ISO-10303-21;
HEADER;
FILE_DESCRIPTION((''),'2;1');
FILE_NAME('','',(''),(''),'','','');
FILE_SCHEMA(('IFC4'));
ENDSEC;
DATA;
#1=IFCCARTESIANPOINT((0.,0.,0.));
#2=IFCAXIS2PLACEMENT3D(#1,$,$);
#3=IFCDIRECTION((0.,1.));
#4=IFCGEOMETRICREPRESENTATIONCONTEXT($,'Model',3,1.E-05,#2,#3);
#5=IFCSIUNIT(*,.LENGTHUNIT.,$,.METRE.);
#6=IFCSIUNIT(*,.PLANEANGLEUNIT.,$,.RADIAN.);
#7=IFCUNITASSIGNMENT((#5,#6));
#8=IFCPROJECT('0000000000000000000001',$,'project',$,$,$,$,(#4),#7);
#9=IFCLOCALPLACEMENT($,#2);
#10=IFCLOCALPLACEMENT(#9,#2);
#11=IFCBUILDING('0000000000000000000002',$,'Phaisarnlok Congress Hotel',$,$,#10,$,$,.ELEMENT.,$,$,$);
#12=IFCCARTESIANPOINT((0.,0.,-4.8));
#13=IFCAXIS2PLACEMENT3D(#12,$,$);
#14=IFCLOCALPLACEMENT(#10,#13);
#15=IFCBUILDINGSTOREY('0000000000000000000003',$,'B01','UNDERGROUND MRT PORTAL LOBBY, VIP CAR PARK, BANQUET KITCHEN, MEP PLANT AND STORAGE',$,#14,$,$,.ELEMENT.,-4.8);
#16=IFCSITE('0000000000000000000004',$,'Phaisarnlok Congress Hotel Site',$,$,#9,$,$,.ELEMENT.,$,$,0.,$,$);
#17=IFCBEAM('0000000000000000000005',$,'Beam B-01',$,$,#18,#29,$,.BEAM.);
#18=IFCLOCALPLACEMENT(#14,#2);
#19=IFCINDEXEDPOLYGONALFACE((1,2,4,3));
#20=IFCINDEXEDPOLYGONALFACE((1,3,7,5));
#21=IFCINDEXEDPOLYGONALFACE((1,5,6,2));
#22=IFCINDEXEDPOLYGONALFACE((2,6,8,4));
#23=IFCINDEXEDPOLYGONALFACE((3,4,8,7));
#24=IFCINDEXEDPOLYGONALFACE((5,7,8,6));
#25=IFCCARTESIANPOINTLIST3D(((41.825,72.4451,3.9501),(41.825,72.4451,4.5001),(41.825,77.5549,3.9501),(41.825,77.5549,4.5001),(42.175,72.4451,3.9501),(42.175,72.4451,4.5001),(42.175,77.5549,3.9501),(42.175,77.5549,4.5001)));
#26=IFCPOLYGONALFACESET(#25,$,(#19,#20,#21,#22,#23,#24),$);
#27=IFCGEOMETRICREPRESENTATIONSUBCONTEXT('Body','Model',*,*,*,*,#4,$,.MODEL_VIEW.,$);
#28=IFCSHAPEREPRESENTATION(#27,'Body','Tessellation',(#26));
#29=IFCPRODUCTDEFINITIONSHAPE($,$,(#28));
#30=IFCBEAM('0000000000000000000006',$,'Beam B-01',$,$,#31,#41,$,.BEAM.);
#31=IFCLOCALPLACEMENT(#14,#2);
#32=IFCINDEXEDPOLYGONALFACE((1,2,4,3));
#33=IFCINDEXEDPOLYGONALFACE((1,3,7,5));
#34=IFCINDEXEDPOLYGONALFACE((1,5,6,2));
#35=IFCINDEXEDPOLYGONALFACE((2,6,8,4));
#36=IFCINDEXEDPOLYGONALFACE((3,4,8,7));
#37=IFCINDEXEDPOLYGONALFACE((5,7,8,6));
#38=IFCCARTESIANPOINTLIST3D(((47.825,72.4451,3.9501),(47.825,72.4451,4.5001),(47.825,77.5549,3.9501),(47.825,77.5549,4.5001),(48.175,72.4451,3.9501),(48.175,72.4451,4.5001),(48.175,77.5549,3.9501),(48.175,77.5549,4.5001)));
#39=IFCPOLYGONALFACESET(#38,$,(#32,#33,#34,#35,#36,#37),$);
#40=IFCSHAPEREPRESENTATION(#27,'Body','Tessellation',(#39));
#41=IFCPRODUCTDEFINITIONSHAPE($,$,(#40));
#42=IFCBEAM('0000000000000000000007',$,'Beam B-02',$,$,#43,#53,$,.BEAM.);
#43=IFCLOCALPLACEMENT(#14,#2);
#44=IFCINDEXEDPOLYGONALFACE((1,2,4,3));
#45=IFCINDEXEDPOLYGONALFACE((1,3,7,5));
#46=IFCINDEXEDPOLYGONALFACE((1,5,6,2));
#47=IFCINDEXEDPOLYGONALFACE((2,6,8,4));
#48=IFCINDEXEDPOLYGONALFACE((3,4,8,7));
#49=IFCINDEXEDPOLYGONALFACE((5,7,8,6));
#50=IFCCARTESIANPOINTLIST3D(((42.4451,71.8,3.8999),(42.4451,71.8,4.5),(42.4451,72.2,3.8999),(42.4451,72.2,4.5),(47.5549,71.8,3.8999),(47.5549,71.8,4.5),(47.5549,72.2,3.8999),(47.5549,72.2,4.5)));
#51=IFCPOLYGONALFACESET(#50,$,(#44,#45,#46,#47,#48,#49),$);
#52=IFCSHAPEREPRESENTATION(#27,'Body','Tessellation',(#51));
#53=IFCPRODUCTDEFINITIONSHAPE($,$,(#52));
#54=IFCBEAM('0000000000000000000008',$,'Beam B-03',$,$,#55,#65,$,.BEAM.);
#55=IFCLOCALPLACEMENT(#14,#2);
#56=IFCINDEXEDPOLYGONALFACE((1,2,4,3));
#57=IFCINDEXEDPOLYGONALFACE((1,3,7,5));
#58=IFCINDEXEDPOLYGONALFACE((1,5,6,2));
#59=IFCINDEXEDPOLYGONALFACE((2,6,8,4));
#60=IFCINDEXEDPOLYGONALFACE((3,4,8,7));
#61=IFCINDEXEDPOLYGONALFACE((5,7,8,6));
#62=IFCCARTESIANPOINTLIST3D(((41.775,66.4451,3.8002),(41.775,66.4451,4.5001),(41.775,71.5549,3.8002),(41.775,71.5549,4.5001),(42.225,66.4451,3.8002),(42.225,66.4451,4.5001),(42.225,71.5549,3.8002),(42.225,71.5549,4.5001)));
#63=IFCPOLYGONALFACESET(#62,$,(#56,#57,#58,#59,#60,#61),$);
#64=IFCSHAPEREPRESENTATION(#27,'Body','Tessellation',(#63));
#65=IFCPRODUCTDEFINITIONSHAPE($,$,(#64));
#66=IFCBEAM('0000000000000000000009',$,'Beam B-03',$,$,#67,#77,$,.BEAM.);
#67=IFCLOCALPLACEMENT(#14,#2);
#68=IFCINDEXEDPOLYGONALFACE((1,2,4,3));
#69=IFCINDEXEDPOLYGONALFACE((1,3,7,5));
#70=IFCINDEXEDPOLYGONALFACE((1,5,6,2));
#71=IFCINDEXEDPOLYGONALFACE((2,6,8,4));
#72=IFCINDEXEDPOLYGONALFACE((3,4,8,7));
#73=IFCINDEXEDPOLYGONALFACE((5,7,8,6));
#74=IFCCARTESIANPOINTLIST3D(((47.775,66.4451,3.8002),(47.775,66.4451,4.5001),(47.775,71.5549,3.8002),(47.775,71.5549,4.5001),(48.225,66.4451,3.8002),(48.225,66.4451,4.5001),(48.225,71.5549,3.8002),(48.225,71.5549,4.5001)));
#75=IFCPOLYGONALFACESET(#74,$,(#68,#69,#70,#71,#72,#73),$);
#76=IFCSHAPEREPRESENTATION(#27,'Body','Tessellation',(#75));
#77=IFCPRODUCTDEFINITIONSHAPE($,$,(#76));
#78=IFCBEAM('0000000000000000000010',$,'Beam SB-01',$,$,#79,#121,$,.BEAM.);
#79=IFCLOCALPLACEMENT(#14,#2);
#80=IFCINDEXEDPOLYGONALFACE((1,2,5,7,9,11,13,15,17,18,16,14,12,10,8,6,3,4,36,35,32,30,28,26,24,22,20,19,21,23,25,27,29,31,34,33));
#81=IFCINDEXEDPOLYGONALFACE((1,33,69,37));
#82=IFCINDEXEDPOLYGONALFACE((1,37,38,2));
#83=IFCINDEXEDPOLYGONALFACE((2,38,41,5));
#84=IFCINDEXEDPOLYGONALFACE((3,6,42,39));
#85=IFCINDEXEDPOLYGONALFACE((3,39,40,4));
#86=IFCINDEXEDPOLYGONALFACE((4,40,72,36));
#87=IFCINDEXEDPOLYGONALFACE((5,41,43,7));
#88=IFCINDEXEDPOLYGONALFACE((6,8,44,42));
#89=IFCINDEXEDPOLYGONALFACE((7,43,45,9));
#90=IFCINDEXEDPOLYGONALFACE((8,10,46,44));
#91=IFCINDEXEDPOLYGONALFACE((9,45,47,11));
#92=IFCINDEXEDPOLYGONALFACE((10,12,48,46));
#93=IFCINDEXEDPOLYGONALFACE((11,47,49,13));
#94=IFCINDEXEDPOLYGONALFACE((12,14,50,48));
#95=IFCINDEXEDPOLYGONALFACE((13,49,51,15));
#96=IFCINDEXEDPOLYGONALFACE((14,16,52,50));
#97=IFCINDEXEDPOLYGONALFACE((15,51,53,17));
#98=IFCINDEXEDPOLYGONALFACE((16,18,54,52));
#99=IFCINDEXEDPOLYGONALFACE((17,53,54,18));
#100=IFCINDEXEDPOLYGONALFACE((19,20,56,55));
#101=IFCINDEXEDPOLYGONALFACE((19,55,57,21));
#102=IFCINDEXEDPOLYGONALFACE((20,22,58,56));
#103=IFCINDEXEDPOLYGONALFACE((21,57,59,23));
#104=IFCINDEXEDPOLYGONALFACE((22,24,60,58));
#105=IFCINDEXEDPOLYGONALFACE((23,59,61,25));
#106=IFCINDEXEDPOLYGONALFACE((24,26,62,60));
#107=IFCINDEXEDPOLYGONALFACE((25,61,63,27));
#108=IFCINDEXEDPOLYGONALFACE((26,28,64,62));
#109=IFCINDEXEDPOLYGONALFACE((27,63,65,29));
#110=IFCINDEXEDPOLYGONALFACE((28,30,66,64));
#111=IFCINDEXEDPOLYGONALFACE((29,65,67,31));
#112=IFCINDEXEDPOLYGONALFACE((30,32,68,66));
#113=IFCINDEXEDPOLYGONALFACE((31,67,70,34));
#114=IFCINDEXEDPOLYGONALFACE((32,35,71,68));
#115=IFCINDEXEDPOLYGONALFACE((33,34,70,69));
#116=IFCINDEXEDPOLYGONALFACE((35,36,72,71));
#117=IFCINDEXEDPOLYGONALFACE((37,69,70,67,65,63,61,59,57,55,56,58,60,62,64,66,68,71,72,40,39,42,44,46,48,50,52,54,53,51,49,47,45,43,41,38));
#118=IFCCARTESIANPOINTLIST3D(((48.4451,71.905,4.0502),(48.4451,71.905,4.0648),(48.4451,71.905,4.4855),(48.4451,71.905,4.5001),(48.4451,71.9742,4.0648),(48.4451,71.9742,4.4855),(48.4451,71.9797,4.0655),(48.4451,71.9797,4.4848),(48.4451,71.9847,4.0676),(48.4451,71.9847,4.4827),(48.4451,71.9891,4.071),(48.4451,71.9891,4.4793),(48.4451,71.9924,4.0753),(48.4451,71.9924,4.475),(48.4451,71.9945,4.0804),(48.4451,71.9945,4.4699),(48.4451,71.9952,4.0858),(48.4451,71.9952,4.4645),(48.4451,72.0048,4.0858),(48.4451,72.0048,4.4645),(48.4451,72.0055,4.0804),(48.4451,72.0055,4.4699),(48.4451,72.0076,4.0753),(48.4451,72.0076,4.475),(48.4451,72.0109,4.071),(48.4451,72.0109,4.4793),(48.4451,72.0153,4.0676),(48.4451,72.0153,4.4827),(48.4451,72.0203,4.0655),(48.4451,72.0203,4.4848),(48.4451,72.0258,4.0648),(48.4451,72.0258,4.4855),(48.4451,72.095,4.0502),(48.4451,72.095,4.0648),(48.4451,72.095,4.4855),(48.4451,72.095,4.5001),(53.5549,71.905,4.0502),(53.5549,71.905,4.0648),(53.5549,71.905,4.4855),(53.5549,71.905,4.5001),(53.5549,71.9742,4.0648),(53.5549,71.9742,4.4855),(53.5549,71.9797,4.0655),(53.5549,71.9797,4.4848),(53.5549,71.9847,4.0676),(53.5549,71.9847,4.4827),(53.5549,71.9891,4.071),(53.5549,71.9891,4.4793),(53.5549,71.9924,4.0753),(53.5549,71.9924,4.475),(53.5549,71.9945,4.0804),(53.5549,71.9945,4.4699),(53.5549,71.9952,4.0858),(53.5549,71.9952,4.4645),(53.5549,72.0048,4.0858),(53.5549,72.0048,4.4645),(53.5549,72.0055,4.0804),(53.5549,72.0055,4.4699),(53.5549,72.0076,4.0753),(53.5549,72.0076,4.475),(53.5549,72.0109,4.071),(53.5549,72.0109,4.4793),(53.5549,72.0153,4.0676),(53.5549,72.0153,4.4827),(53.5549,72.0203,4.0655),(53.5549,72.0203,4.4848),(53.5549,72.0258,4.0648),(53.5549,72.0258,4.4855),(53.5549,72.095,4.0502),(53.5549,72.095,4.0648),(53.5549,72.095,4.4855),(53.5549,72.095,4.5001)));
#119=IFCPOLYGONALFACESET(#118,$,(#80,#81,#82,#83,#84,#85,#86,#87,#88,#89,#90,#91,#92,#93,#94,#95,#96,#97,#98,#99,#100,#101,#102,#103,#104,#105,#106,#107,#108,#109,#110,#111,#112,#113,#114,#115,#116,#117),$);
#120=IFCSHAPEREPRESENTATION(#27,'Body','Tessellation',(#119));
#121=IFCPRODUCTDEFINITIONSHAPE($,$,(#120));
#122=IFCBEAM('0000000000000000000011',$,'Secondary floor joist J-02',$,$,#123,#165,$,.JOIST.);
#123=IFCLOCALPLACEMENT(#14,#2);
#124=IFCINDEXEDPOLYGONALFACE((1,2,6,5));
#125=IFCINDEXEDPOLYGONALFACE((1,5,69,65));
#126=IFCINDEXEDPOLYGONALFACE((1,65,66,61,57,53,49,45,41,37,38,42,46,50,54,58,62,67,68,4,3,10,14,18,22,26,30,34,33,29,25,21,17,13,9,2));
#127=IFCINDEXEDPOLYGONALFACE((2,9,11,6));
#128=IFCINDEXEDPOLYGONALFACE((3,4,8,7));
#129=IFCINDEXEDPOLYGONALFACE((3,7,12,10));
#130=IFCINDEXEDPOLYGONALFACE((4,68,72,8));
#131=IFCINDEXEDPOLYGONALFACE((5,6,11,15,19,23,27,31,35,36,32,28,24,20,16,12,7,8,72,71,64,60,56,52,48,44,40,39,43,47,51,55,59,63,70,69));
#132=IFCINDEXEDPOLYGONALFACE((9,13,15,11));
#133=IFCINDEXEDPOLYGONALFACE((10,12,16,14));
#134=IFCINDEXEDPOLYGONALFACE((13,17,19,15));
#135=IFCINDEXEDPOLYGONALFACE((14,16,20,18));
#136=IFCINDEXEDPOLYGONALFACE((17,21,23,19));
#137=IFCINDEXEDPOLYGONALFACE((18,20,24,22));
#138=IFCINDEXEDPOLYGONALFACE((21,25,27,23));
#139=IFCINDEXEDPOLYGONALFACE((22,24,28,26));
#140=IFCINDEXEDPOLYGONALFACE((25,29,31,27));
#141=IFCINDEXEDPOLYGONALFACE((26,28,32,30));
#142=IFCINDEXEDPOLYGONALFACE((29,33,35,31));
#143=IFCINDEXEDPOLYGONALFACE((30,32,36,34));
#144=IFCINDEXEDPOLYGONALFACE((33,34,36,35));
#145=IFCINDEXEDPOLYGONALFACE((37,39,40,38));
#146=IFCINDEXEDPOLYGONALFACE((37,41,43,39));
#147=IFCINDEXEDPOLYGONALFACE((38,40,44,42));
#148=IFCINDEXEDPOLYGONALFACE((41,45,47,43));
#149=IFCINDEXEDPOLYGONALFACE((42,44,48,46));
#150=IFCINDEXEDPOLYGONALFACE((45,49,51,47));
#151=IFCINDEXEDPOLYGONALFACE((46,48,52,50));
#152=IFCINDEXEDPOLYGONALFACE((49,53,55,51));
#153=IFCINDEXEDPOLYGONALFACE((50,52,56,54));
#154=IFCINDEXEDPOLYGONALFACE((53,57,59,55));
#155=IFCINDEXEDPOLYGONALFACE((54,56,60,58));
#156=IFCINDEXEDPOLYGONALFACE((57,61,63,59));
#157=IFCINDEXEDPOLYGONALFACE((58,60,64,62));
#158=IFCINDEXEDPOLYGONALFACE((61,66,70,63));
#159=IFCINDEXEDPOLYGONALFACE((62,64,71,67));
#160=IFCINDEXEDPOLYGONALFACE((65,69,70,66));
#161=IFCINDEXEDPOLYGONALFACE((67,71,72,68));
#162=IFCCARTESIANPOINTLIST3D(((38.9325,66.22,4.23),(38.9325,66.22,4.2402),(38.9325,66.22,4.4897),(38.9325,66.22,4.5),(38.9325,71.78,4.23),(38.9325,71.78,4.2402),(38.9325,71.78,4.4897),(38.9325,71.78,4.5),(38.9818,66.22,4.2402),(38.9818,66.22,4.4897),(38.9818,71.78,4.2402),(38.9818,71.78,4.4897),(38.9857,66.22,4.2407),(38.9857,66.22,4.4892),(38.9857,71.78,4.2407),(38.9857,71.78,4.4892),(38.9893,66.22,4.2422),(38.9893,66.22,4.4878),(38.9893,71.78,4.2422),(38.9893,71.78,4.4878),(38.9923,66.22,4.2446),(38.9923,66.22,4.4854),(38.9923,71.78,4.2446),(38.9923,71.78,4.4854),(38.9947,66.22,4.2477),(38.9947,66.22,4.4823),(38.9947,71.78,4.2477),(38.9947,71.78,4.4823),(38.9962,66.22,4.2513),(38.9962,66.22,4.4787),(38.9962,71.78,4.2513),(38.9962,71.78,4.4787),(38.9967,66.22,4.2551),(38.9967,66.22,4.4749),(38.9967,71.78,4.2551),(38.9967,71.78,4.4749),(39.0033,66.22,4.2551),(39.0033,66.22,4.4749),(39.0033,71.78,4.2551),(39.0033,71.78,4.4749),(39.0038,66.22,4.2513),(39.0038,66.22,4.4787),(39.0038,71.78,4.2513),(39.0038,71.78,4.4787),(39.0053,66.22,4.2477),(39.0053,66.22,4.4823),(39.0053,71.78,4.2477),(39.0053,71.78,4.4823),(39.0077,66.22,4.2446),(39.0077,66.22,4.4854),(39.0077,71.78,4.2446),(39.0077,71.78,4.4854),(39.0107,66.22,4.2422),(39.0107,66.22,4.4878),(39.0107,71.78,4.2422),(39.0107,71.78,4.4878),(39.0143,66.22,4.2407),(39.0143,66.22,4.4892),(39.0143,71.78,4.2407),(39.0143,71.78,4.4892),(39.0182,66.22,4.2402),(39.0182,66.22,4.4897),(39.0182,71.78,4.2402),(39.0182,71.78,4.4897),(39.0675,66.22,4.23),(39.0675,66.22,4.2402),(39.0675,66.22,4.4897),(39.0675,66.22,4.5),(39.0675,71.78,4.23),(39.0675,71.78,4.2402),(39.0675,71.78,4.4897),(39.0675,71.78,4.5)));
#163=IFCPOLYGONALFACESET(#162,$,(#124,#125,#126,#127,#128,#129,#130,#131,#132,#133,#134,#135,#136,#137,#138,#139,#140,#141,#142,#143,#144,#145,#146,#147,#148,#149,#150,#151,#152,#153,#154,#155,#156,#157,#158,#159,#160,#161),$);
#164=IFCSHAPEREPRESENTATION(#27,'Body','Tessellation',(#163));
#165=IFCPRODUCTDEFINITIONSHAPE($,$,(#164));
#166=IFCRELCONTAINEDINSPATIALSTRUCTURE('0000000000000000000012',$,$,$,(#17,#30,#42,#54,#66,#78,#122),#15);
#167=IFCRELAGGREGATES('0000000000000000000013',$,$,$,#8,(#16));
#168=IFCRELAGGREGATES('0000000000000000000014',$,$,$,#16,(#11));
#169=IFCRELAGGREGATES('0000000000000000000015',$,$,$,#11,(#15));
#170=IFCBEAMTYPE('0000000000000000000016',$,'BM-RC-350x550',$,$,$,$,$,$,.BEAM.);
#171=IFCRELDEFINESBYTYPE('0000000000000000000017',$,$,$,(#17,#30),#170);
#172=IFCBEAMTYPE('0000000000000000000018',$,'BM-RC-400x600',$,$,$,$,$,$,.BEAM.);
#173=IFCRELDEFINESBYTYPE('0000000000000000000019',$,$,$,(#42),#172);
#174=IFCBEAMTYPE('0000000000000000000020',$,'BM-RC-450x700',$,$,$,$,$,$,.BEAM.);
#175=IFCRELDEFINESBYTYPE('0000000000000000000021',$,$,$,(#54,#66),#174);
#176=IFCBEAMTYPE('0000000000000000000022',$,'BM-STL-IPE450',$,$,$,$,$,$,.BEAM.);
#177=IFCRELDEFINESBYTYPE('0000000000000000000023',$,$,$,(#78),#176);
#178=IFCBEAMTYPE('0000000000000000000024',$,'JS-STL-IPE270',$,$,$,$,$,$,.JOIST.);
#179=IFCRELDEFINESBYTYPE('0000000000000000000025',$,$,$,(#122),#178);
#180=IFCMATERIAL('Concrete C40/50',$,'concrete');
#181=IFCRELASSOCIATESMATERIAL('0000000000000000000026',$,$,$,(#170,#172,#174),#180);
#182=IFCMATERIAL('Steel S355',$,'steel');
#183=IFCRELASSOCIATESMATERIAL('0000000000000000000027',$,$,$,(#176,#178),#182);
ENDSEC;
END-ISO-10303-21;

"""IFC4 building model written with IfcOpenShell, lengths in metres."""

from ifc_helpers import new_model, si_unit, direction, frame, origin, origin_2d, place, context, subcontext, project, spatial, rectangle, i_section, extrude, material, material_profile, profile_set, type_object, element, save


model = new_model("IFC4")

# Units and contexts
model_context = context("Model", 3, precision=1e-05, world=origin(), true_north=direction((0.0, 1.0)))
body_context = subcontext(model_context, "Body", "Model", "MODEL_VIEW")
ifc_project = project(units=[si_unit("LENGTHUNIT", "METRE"), si_unit("PLANEANGLEUNIT", "RADIAN")], contexts=[model_context])

# Site, building, storey
site_placement = place(None, origin())
site = spatial("IfcSite", under=ifc_project, at=site_placement, Name="Phaisarnlok Congress Hotel Site", CompositionType="ELEMENT", RefElevation=0.0)
building_placement = place(site_placement, origin())
building = spatial("IfcBuilding", under=site, at=building_placement, Name="Phaisarnlok Congress Hotel", CompositionType="ELEMENT")
storey_placement = place(building_placement, frame((0.0, 0.0, -4.8)))
storey = spatial("IfcBuildingStorey", under=building, at=storey_placement, Name="B01", Description="UNDERGROUND MRT PORTAL LOBBY, VIP CAR PARK, BANQUET KITCHEN, MEP PLANT AND STORAGE", CompositionType="ELEMENT", Elevation=-4.8)

# Shared definitions
ifc_material_1 = material(Name="Concrete C40/50", Category="concrete")

# Beams
ifc_material_profile_1 = material_profile(ifc_material_1, rectangle(XDim=0.3501, YDim=0.55, at=origin_2d()), Name="RC 350x550")
ifc_profile_set_1 = profile_set([ifc_material_profile_1], Name="Concrete C40/50")
beam_type_1 = type_object("IfcBeamType", Name="BM-RC-350x550", PredefinedType="BEAM", material=ifc_profile_set_1)
for number, where, z_axis, x_axis, name in (
    (1, (42.0, 72.4451, 4.2251), (0.0, 1.0, 0.0), (-1.0, 0.0, 0.0), "Beam B-01"),
    (2, (48.0, 72.4451, 4.2251), (0.0, 1.0, 0.0), (-1.0, 0.0, 0.0), "Beam B-01"),
):
    element("IfcBeam", number, at=place(storey_placement, frame(where, z_axis=z_axis, x_axis=x_axis)), inside=storey, type_object=beam_type_1, Name=name, PredefinedType="BEAM", context=body_context, shape_type="SweptSolid", body=[
        extrude(rectangle(XDim=0.3501, YDim=0.55, at=origin_2d()), origin(), (0.0, 0.0, 1.0), 5.1099),
    ])
ifc_material_profile_2 = material_profile(ifc_material_1, rectangle(XDim=0.3999, YDim=0.6001, at=origin_2d()), Name="RC 400x600")
ifc_profile_set_2 = profile_set([ifc_material_profile_2], Name="Concrete C40/50")
beam_type_2 = type_object("IfcBeamType", Name="BM-RC-400x600", PredefinedType="BEAM", material=ifc_profile_set_2)
beam_1_placement = place(storey_placement, frame((42.4451, 72.0, 4.2), z_axis=(1.0, 0.0, 0.0), x_axis=(0.0, 1.0, 0.0)))
element("IfcBeam", 3, at=beam_1_placement, inside=storey, type_object=beam_type_2, Name="Beam B-02", PredefinedType="BEAM", context=body_context, shape_type="SweptSolid", body=[
    extrude(rectangle(XDim=0.3999, YDim=0.6001, at=origin_2d()), origin(), (0.0, 0.0, 1.0), 5.1099),
])
ifc_material_profile_3 = material_profile(ifc_material_1, rectangle(XDim=0.45, YDim=0.7, at=origin_2d()), Name="RC 450x700")
ifc_profile_set_3 = profile_set([ifc_material_profile_3], Name="Concrete C40/50")
beam_type_3 = type_object("IfcBeamType", Name="BM-RC-450x700", PredefinedType="BEAM", material=ifc_profile_set_3)
for number, where, z_axis, x_axis, name in (
    (4, (42.0, 66.4451, 4.1501), (0.0, 1.0, 0.0), (-1.0, 0.0, 0.0), "Beam B-03"),
    (5, (48.0, 66.4451, 4.1501), (0.0, 1.0, 0.0), (-1.0, 0.0, 0.0), "Beam B-03"),
):
    element("IfcBeam", number, at=place(storey_placement, frame(where, z_axis=z_axis, x_axis=x_axis)), inside=storey, type_object=beam_type_3, Name=name, PredefinedType="BEAM", context=body_context, shape_type="SweptSolid", body=[
        extrude(rectangle(XDim=0.45, YDim=0.7, at=origin_2d()), origin(), (0.0, 0.0, 1.0), 5.1099),
    ])
ifc_material_2 = material(Name="Steel S355", Category="steel")
ifc_material_profile_4 = material_profile(ifc_material_2, i_section(OverallWidth=0.1899, OverallDepth=0.45, WebThickness=0.0095, FlangeThickness=0.0146, FilletRadius=0.021, at=origin_2d()), Name="IPE 450")
ifc_profile_set_4 = profile_set([ifc_material_profile_4], Name="Steel S355")
beam_type_4 = type_object("IfcBeamType", Name="BM-STL-IPE450", PredefinedType="BEAM", material=ifc_profile_set_4)
beam_2_placement = place(storey_placement, frame((48.4451, 72.0, 4.2751), z_axis=(1.0, 0.0, 0.0), x_axis=(0.0, 1.0, 0.0)))
element("IfcBeam", 6, at=beam_2_placement, inside=storey, type_object=beam_type_4, Name="Beam SB-01", PredefinedType="BEAM", context=body_context, shape_type="SweptSolid", body=[
    extrude(i_section(OverallWidth=0.1899, OverallDepth=0.45, WebThickness=0.0095, FlangeThickness=0.0146, FilletRadius=0.021, at=origin_2d()), origin(), (0.0, 0.0, 1.0), 5.1099),
])
ifc_material_profile_5 = material_profile(ifc_material_2, i_section(OverallWidth=0.135, OverallDepth=0.27, WebThickness=0.0066, FlangeThickness=0.0103, FilletRadius=0.0149, at=origin_2d()), Name="IPE 270")
ifc_profile_set_5 = profile_set([ifc_material_profile_5], Name="Steel S355")
beam_type_5 = type_object("IfcBeamType", Name="JS-STL-IPE270", PredefinedType="JOIST", material=ifc_profile_set_5)
for number, where, z_axis, x_axis, name in (
    (7, (39.0, 66.22, 4.365), (0.0, 1.0, 0.0), (-1.0, 0.0, 0.0), "Secondary floor joist J-02"),
):
    element("IfcBeam", number, at=place(storey_placement, frame(where, z_axis=z_axis, x_axis=x_axis)), inside=storey, type_object=beam_type_5, Name=name, PredefinedType="JOIST", context=body_context, shape_type="SweptSolid", body=[
        extrude(i_section(OverallWidth=0.135, OverallDepth=0.27, WebThickness=0.0066, FlangeThickness=0.0103, FilletRadius=0.0149, at=origin_2d()), origin(), (0.0, 0.0, 1.0), 5.5601),
    ])

save(model, "model.ifc")
